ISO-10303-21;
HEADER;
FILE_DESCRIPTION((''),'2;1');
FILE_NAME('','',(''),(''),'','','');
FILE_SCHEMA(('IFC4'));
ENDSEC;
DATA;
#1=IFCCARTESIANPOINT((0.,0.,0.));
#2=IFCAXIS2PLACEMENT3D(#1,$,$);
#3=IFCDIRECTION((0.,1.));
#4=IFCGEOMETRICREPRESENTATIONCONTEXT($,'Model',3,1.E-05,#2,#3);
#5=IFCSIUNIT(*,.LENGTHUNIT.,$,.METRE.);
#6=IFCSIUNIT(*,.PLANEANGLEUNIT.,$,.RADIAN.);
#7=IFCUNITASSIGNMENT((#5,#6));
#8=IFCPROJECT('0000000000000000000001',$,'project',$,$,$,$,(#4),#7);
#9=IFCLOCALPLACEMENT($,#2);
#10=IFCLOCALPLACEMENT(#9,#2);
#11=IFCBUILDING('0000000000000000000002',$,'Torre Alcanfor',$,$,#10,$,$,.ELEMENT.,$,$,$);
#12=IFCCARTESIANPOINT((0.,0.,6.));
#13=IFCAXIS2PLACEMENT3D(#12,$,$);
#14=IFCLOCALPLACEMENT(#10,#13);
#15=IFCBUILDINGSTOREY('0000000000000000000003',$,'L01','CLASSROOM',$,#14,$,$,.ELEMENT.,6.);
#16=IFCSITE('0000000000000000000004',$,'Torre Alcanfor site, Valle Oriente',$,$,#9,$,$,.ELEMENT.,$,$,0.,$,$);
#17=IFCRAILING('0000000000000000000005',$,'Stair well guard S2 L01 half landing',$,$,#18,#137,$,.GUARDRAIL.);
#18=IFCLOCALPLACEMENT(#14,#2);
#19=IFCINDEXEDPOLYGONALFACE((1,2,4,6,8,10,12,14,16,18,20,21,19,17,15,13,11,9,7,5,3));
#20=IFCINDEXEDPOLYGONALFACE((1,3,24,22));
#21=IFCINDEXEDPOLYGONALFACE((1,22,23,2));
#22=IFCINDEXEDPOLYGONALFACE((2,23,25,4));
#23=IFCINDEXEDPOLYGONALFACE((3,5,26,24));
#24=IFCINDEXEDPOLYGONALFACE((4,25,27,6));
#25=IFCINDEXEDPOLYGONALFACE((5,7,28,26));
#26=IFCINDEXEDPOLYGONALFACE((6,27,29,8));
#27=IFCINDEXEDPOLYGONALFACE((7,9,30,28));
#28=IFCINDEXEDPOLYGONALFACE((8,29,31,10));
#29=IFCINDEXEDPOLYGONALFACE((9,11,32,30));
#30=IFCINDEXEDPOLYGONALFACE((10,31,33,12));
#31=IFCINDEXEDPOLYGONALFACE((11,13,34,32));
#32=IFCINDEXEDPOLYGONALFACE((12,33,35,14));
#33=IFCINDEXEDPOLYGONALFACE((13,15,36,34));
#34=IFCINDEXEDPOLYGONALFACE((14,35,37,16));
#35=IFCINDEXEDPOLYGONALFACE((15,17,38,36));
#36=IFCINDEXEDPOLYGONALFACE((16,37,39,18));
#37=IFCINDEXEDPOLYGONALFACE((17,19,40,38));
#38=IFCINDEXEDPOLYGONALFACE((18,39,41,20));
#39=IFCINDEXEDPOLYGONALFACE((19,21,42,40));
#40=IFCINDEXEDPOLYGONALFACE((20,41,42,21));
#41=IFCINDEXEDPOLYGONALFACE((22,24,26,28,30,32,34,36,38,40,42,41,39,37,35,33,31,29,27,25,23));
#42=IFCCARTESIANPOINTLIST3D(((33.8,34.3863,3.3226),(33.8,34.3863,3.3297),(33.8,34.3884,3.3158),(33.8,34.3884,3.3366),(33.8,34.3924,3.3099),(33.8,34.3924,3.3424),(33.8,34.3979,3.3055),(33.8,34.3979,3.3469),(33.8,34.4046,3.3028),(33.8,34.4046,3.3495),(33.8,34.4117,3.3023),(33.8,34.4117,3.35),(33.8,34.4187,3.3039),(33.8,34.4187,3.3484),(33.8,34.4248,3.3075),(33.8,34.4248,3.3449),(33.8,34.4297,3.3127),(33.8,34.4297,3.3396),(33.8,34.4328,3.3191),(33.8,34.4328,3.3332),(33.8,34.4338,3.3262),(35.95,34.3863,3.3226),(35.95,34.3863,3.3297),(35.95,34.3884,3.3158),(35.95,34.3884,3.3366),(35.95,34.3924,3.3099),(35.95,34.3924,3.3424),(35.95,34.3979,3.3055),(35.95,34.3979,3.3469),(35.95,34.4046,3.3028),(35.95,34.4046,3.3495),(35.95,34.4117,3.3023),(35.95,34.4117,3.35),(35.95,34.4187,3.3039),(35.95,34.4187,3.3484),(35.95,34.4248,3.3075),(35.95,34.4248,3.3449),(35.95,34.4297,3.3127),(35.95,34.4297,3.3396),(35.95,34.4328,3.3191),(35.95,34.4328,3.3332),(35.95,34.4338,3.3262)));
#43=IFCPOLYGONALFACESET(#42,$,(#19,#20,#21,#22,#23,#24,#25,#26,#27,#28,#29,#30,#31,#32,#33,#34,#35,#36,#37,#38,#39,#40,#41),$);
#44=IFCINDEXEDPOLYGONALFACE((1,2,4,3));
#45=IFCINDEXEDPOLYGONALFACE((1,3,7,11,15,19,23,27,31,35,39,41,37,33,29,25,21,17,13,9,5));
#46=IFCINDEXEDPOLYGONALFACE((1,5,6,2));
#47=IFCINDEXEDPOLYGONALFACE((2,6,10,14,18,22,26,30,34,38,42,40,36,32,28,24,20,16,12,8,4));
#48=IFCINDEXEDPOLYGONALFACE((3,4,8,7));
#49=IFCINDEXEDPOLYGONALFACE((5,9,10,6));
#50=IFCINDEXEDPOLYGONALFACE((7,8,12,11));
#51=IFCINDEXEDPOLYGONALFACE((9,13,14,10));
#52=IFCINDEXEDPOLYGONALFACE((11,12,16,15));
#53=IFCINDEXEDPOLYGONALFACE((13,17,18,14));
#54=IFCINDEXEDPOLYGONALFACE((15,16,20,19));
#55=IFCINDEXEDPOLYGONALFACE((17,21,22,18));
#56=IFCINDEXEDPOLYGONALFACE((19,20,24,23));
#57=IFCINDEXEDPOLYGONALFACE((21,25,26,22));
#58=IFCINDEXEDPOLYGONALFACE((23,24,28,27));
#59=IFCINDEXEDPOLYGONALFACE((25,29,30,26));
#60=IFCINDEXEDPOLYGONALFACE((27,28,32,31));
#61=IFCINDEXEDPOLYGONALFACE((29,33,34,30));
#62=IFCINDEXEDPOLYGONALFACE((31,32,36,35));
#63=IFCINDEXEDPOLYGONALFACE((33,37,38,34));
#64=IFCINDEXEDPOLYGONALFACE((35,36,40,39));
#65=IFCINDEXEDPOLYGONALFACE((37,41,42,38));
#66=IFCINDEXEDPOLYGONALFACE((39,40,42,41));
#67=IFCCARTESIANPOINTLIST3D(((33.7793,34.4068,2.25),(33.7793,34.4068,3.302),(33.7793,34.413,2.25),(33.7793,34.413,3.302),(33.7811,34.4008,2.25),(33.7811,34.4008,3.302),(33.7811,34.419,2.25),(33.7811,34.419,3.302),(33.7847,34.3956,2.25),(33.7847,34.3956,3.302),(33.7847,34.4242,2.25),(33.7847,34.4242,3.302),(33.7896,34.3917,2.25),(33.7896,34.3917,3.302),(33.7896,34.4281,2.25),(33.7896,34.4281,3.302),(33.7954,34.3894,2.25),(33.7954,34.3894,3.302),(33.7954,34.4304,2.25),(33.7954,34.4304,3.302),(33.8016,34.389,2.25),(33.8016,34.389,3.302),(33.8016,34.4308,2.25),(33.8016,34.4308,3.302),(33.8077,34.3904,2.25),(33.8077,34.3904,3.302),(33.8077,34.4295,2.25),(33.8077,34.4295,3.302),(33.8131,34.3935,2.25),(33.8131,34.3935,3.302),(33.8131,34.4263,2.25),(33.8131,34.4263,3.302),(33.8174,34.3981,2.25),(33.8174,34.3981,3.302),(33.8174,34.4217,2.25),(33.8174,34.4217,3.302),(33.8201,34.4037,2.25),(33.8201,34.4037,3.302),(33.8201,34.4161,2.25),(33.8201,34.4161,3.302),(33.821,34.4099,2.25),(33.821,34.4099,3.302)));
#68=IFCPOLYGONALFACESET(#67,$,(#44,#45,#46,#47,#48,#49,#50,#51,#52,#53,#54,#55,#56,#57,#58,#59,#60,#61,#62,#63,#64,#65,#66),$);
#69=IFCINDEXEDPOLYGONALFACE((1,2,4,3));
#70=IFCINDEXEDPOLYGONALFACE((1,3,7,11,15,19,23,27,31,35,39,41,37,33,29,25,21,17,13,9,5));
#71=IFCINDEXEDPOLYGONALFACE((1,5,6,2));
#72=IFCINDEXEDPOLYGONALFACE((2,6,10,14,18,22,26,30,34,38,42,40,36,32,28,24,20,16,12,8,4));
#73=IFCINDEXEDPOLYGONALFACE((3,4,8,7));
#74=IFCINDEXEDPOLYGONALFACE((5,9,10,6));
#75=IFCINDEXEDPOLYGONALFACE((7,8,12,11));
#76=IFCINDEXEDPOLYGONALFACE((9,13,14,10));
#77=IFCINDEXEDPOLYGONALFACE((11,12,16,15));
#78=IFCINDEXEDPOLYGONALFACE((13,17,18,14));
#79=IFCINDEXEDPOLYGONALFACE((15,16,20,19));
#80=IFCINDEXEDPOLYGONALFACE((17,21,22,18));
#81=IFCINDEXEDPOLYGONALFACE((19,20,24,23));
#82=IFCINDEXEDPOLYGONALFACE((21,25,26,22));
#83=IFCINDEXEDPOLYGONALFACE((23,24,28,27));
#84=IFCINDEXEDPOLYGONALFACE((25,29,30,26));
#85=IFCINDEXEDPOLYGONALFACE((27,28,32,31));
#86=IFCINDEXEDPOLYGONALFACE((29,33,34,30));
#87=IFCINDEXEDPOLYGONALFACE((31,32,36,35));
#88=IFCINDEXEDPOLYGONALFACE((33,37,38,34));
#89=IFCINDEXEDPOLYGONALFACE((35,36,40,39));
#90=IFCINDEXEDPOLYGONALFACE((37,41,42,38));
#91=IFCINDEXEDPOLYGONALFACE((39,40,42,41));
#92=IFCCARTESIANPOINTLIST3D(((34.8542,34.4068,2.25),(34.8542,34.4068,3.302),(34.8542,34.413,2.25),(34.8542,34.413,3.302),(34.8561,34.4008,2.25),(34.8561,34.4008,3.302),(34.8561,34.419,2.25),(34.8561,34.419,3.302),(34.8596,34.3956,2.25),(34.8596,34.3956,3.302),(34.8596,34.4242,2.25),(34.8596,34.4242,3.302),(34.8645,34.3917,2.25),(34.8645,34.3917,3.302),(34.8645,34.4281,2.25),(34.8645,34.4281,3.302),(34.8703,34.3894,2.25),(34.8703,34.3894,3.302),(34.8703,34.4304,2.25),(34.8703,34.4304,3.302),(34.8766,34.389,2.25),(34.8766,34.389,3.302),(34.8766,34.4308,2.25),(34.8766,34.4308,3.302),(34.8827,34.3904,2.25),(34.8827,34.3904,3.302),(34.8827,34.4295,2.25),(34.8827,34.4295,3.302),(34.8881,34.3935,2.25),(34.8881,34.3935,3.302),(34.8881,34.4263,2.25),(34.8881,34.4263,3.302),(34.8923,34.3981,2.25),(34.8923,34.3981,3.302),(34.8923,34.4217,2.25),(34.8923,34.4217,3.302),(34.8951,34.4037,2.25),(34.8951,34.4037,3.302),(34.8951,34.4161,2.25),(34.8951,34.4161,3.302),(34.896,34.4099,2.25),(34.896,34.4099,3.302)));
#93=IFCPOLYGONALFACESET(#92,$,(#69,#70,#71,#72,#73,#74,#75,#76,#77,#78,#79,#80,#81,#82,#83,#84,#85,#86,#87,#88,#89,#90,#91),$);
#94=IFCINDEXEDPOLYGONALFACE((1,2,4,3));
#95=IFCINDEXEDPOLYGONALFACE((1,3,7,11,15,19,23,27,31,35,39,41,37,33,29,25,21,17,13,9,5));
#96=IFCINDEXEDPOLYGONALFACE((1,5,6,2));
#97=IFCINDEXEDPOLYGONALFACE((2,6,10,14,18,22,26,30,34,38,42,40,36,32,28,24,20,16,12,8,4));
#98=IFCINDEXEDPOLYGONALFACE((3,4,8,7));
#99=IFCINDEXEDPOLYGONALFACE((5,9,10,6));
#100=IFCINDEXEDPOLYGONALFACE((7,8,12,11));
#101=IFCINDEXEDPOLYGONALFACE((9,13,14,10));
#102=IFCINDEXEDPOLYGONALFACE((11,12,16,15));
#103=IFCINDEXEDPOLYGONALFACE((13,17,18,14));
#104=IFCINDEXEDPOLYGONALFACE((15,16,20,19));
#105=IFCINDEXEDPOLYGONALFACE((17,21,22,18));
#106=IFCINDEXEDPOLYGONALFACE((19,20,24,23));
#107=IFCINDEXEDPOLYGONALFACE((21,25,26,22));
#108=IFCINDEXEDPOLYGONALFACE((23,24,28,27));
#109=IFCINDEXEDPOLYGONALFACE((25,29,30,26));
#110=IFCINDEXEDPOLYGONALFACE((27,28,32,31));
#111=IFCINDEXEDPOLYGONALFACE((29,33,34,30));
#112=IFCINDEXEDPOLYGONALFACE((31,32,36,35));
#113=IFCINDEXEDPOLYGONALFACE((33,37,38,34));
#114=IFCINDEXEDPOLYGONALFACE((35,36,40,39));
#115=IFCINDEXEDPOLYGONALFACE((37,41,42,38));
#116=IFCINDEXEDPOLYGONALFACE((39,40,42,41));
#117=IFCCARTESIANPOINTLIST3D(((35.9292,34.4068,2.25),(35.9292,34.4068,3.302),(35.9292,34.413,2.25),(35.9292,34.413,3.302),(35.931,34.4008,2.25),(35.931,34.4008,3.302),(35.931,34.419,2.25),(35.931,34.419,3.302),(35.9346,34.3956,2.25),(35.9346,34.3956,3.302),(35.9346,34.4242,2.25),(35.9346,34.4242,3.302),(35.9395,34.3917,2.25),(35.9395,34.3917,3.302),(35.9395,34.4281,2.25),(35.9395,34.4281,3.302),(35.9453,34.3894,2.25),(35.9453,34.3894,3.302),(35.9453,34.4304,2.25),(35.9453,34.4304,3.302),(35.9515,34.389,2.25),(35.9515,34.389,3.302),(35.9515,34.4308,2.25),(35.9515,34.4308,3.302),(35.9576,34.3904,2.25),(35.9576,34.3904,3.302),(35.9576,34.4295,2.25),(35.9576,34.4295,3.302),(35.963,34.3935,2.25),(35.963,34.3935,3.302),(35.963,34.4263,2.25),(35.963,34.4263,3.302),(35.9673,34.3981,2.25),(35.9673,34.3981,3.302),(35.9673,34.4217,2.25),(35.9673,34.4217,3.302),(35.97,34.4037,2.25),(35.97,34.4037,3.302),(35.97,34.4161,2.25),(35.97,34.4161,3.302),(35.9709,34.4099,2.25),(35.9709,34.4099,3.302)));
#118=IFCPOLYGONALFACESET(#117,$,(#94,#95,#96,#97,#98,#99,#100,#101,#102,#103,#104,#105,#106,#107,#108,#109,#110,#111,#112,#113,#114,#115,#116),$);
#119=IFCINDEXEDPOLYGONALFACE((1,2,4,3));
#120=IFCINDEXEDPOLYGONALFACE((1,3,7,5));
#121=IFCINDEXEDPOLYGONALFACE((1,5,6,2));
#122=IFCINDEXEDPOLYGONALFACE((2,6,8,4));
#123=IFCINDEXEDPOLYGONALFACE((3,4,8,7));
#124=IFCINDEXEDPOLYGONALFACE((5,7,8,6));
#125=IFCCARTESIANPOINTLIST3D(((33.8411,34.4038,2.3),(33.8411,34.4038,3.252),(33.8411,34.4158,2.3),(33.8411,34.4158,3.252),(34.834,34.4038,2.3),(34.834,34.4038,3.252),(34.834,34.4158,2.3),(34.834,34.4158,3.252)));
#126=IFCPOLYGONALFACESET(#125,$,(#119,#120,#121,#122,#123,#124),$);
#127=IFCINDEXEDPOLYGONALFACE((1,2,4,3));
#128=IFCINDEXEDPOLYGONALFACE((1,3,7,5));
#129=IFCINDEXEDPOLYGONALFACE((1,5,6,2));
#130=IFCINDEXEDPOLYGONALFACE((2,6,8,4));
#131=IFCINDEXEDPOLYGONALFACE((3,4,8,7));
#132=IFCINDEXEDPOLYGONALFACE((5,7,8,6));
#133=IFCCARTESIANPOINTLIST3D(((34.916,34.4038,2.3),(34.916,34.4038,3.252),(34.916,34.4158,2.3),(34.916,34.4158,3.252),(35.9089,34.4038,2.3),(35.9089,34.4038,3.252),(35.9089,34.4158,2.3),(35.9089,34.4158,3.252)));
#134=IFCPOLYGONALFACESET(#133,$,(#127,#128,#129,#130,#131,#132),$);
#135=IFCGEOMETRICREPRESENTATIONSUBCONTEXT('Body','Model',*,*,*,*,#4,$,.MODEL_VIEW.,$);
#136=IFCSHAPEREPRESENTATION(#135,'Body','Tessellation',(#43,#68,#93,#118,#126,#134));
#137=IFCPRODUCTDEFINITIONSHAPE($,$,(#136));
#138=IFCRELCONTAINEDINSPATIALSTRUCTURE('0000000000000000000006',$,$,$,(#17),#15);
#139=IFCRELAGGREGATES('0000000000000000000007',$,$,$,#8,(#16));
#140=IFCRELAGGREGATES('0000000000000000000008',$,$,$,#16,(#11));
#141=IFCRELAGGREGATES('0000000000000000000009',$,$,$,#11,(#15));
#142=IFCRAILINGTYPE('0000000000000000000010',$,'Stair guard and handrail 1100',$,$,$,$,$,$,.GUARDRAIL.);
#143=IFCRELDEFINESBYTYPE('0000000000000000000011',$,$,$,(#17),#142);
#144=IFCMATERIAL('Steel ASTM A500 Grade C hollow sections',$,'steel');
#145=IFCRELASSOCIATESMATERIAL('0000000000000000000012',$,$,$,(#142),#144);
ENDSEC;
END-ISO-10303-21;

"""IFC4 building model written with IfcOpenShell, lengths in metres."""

from ifc_helpers import new_model, si_unit, direction, frame, origin, origin_2d, place, context, subcontext, project, spatial, polyline, circle, outline, extrude, material, type_object, element, save


model = new_model("IFC4")

# Units and contexts
model_context = context("Model", 3, precision=1e-05, world=origin(), true_north=direction((0.0, 1.0)))
body_context = subcontext(model_context, "Body", "Model", "MODEL_VIEW")
ifc_project = project(units=[si_unit("LENGTHUNIT", "METRE"), si_unit("PLANEANGLEUNIT", "RADIAN")], contexts=[model_context])

# Site, building, storey
site_placement = place(None, origin())
site = spatial("IfcSite", under=ifc_project, at=site_placement, Name="Torre Alcanfor site, Valle Oriente", CompositionType="ELEMENT", RefElevation=0.0)
building_placement = place(site_placement, origin())
building = spatial("IfcBuilding", under=site, at=building_placement, Name="Torre Alcanfor", CompositionType="ELEMENT")
storey_placement = place(building_placement, frame((0.0, 0.0, 6.0)))
storey = spatial("IfcBuildingStorey", under=building, at=storey_placement, Name="L01", Description="CLASSROOM", CompositionType="ELEMENT", Elevation=6.0)

# Railing
ifc_material_1 = material(Name="Steel ASTM A500 Grade C hollow sections", Category="steel")
railing_type_1 = type_object("IfcRailingType", Name="Stair guard and handrail 1100", PredefinedType="GUARDRAIL", material=ifc_material_1)
railing_1_placement = place(storey_placement, frame((33.8, 34.4099, 2.25)))
element("IfcRailing", 1, at=railing_1_placement, inside=storey, type_object=railing_type_1, Name="Stair well guard S2 L01 half landing", PredefinedType="GUARDRAIL", context=body_context, shape_type="SweptSolid", body=[
    extrude(circle(Radius=0.0239, at=origin_2d()), frame((0.0, 0.0, 1.0762), z_axis=(1.0, 0.0, 0.0), x_axis=(0.0, 1.0, 0.0)), (0.0, 0.0, 1.0), 2.1499),
    extrude(circle(Radius=0.021, at=origin_2d()), origin(), (0.0, 0.0, 1.0), 1.052),
    extrude(circle(Radius=0.021, at=origin_2d()), frame((1.075, 0.0, 0.0)), (0.0, 0.0, 1.0), 1.052),
    extrude(circle(Radius=0.021, at=origin_2d()), frame((2.1499, 0.0, 0.0)), (0.0, 0.0, 1.0), 1.052),
    extrude(outline(polyline([(0.041, 0.05), (1.0339, 0.05), (1.0339, 1.002), (0.041, 1.002), (0.041, 0.05)])), frame((0.0, 0.0059, 0.0), z_axis=(0.0, -1.0, 0.0), x_axis=(1.0, 0.0, 0.0)), (0.0, 0.0, 1.0), 0.012),
    extrude(outline(polyline([(1.116, 0.05), (2.1089, 0.05), (2.1089, 1.002), (1.116, 1.002), (1.116, 0.05)])), frame((0.0, 0.0059, 0.0), z_axis=(0.0, -1.0, 0.0), x_axis=(1.0, 0.0, 0.0)), (0.0, 0.0, 1.0), 0.012),
])

save(model, "model.ifc")
